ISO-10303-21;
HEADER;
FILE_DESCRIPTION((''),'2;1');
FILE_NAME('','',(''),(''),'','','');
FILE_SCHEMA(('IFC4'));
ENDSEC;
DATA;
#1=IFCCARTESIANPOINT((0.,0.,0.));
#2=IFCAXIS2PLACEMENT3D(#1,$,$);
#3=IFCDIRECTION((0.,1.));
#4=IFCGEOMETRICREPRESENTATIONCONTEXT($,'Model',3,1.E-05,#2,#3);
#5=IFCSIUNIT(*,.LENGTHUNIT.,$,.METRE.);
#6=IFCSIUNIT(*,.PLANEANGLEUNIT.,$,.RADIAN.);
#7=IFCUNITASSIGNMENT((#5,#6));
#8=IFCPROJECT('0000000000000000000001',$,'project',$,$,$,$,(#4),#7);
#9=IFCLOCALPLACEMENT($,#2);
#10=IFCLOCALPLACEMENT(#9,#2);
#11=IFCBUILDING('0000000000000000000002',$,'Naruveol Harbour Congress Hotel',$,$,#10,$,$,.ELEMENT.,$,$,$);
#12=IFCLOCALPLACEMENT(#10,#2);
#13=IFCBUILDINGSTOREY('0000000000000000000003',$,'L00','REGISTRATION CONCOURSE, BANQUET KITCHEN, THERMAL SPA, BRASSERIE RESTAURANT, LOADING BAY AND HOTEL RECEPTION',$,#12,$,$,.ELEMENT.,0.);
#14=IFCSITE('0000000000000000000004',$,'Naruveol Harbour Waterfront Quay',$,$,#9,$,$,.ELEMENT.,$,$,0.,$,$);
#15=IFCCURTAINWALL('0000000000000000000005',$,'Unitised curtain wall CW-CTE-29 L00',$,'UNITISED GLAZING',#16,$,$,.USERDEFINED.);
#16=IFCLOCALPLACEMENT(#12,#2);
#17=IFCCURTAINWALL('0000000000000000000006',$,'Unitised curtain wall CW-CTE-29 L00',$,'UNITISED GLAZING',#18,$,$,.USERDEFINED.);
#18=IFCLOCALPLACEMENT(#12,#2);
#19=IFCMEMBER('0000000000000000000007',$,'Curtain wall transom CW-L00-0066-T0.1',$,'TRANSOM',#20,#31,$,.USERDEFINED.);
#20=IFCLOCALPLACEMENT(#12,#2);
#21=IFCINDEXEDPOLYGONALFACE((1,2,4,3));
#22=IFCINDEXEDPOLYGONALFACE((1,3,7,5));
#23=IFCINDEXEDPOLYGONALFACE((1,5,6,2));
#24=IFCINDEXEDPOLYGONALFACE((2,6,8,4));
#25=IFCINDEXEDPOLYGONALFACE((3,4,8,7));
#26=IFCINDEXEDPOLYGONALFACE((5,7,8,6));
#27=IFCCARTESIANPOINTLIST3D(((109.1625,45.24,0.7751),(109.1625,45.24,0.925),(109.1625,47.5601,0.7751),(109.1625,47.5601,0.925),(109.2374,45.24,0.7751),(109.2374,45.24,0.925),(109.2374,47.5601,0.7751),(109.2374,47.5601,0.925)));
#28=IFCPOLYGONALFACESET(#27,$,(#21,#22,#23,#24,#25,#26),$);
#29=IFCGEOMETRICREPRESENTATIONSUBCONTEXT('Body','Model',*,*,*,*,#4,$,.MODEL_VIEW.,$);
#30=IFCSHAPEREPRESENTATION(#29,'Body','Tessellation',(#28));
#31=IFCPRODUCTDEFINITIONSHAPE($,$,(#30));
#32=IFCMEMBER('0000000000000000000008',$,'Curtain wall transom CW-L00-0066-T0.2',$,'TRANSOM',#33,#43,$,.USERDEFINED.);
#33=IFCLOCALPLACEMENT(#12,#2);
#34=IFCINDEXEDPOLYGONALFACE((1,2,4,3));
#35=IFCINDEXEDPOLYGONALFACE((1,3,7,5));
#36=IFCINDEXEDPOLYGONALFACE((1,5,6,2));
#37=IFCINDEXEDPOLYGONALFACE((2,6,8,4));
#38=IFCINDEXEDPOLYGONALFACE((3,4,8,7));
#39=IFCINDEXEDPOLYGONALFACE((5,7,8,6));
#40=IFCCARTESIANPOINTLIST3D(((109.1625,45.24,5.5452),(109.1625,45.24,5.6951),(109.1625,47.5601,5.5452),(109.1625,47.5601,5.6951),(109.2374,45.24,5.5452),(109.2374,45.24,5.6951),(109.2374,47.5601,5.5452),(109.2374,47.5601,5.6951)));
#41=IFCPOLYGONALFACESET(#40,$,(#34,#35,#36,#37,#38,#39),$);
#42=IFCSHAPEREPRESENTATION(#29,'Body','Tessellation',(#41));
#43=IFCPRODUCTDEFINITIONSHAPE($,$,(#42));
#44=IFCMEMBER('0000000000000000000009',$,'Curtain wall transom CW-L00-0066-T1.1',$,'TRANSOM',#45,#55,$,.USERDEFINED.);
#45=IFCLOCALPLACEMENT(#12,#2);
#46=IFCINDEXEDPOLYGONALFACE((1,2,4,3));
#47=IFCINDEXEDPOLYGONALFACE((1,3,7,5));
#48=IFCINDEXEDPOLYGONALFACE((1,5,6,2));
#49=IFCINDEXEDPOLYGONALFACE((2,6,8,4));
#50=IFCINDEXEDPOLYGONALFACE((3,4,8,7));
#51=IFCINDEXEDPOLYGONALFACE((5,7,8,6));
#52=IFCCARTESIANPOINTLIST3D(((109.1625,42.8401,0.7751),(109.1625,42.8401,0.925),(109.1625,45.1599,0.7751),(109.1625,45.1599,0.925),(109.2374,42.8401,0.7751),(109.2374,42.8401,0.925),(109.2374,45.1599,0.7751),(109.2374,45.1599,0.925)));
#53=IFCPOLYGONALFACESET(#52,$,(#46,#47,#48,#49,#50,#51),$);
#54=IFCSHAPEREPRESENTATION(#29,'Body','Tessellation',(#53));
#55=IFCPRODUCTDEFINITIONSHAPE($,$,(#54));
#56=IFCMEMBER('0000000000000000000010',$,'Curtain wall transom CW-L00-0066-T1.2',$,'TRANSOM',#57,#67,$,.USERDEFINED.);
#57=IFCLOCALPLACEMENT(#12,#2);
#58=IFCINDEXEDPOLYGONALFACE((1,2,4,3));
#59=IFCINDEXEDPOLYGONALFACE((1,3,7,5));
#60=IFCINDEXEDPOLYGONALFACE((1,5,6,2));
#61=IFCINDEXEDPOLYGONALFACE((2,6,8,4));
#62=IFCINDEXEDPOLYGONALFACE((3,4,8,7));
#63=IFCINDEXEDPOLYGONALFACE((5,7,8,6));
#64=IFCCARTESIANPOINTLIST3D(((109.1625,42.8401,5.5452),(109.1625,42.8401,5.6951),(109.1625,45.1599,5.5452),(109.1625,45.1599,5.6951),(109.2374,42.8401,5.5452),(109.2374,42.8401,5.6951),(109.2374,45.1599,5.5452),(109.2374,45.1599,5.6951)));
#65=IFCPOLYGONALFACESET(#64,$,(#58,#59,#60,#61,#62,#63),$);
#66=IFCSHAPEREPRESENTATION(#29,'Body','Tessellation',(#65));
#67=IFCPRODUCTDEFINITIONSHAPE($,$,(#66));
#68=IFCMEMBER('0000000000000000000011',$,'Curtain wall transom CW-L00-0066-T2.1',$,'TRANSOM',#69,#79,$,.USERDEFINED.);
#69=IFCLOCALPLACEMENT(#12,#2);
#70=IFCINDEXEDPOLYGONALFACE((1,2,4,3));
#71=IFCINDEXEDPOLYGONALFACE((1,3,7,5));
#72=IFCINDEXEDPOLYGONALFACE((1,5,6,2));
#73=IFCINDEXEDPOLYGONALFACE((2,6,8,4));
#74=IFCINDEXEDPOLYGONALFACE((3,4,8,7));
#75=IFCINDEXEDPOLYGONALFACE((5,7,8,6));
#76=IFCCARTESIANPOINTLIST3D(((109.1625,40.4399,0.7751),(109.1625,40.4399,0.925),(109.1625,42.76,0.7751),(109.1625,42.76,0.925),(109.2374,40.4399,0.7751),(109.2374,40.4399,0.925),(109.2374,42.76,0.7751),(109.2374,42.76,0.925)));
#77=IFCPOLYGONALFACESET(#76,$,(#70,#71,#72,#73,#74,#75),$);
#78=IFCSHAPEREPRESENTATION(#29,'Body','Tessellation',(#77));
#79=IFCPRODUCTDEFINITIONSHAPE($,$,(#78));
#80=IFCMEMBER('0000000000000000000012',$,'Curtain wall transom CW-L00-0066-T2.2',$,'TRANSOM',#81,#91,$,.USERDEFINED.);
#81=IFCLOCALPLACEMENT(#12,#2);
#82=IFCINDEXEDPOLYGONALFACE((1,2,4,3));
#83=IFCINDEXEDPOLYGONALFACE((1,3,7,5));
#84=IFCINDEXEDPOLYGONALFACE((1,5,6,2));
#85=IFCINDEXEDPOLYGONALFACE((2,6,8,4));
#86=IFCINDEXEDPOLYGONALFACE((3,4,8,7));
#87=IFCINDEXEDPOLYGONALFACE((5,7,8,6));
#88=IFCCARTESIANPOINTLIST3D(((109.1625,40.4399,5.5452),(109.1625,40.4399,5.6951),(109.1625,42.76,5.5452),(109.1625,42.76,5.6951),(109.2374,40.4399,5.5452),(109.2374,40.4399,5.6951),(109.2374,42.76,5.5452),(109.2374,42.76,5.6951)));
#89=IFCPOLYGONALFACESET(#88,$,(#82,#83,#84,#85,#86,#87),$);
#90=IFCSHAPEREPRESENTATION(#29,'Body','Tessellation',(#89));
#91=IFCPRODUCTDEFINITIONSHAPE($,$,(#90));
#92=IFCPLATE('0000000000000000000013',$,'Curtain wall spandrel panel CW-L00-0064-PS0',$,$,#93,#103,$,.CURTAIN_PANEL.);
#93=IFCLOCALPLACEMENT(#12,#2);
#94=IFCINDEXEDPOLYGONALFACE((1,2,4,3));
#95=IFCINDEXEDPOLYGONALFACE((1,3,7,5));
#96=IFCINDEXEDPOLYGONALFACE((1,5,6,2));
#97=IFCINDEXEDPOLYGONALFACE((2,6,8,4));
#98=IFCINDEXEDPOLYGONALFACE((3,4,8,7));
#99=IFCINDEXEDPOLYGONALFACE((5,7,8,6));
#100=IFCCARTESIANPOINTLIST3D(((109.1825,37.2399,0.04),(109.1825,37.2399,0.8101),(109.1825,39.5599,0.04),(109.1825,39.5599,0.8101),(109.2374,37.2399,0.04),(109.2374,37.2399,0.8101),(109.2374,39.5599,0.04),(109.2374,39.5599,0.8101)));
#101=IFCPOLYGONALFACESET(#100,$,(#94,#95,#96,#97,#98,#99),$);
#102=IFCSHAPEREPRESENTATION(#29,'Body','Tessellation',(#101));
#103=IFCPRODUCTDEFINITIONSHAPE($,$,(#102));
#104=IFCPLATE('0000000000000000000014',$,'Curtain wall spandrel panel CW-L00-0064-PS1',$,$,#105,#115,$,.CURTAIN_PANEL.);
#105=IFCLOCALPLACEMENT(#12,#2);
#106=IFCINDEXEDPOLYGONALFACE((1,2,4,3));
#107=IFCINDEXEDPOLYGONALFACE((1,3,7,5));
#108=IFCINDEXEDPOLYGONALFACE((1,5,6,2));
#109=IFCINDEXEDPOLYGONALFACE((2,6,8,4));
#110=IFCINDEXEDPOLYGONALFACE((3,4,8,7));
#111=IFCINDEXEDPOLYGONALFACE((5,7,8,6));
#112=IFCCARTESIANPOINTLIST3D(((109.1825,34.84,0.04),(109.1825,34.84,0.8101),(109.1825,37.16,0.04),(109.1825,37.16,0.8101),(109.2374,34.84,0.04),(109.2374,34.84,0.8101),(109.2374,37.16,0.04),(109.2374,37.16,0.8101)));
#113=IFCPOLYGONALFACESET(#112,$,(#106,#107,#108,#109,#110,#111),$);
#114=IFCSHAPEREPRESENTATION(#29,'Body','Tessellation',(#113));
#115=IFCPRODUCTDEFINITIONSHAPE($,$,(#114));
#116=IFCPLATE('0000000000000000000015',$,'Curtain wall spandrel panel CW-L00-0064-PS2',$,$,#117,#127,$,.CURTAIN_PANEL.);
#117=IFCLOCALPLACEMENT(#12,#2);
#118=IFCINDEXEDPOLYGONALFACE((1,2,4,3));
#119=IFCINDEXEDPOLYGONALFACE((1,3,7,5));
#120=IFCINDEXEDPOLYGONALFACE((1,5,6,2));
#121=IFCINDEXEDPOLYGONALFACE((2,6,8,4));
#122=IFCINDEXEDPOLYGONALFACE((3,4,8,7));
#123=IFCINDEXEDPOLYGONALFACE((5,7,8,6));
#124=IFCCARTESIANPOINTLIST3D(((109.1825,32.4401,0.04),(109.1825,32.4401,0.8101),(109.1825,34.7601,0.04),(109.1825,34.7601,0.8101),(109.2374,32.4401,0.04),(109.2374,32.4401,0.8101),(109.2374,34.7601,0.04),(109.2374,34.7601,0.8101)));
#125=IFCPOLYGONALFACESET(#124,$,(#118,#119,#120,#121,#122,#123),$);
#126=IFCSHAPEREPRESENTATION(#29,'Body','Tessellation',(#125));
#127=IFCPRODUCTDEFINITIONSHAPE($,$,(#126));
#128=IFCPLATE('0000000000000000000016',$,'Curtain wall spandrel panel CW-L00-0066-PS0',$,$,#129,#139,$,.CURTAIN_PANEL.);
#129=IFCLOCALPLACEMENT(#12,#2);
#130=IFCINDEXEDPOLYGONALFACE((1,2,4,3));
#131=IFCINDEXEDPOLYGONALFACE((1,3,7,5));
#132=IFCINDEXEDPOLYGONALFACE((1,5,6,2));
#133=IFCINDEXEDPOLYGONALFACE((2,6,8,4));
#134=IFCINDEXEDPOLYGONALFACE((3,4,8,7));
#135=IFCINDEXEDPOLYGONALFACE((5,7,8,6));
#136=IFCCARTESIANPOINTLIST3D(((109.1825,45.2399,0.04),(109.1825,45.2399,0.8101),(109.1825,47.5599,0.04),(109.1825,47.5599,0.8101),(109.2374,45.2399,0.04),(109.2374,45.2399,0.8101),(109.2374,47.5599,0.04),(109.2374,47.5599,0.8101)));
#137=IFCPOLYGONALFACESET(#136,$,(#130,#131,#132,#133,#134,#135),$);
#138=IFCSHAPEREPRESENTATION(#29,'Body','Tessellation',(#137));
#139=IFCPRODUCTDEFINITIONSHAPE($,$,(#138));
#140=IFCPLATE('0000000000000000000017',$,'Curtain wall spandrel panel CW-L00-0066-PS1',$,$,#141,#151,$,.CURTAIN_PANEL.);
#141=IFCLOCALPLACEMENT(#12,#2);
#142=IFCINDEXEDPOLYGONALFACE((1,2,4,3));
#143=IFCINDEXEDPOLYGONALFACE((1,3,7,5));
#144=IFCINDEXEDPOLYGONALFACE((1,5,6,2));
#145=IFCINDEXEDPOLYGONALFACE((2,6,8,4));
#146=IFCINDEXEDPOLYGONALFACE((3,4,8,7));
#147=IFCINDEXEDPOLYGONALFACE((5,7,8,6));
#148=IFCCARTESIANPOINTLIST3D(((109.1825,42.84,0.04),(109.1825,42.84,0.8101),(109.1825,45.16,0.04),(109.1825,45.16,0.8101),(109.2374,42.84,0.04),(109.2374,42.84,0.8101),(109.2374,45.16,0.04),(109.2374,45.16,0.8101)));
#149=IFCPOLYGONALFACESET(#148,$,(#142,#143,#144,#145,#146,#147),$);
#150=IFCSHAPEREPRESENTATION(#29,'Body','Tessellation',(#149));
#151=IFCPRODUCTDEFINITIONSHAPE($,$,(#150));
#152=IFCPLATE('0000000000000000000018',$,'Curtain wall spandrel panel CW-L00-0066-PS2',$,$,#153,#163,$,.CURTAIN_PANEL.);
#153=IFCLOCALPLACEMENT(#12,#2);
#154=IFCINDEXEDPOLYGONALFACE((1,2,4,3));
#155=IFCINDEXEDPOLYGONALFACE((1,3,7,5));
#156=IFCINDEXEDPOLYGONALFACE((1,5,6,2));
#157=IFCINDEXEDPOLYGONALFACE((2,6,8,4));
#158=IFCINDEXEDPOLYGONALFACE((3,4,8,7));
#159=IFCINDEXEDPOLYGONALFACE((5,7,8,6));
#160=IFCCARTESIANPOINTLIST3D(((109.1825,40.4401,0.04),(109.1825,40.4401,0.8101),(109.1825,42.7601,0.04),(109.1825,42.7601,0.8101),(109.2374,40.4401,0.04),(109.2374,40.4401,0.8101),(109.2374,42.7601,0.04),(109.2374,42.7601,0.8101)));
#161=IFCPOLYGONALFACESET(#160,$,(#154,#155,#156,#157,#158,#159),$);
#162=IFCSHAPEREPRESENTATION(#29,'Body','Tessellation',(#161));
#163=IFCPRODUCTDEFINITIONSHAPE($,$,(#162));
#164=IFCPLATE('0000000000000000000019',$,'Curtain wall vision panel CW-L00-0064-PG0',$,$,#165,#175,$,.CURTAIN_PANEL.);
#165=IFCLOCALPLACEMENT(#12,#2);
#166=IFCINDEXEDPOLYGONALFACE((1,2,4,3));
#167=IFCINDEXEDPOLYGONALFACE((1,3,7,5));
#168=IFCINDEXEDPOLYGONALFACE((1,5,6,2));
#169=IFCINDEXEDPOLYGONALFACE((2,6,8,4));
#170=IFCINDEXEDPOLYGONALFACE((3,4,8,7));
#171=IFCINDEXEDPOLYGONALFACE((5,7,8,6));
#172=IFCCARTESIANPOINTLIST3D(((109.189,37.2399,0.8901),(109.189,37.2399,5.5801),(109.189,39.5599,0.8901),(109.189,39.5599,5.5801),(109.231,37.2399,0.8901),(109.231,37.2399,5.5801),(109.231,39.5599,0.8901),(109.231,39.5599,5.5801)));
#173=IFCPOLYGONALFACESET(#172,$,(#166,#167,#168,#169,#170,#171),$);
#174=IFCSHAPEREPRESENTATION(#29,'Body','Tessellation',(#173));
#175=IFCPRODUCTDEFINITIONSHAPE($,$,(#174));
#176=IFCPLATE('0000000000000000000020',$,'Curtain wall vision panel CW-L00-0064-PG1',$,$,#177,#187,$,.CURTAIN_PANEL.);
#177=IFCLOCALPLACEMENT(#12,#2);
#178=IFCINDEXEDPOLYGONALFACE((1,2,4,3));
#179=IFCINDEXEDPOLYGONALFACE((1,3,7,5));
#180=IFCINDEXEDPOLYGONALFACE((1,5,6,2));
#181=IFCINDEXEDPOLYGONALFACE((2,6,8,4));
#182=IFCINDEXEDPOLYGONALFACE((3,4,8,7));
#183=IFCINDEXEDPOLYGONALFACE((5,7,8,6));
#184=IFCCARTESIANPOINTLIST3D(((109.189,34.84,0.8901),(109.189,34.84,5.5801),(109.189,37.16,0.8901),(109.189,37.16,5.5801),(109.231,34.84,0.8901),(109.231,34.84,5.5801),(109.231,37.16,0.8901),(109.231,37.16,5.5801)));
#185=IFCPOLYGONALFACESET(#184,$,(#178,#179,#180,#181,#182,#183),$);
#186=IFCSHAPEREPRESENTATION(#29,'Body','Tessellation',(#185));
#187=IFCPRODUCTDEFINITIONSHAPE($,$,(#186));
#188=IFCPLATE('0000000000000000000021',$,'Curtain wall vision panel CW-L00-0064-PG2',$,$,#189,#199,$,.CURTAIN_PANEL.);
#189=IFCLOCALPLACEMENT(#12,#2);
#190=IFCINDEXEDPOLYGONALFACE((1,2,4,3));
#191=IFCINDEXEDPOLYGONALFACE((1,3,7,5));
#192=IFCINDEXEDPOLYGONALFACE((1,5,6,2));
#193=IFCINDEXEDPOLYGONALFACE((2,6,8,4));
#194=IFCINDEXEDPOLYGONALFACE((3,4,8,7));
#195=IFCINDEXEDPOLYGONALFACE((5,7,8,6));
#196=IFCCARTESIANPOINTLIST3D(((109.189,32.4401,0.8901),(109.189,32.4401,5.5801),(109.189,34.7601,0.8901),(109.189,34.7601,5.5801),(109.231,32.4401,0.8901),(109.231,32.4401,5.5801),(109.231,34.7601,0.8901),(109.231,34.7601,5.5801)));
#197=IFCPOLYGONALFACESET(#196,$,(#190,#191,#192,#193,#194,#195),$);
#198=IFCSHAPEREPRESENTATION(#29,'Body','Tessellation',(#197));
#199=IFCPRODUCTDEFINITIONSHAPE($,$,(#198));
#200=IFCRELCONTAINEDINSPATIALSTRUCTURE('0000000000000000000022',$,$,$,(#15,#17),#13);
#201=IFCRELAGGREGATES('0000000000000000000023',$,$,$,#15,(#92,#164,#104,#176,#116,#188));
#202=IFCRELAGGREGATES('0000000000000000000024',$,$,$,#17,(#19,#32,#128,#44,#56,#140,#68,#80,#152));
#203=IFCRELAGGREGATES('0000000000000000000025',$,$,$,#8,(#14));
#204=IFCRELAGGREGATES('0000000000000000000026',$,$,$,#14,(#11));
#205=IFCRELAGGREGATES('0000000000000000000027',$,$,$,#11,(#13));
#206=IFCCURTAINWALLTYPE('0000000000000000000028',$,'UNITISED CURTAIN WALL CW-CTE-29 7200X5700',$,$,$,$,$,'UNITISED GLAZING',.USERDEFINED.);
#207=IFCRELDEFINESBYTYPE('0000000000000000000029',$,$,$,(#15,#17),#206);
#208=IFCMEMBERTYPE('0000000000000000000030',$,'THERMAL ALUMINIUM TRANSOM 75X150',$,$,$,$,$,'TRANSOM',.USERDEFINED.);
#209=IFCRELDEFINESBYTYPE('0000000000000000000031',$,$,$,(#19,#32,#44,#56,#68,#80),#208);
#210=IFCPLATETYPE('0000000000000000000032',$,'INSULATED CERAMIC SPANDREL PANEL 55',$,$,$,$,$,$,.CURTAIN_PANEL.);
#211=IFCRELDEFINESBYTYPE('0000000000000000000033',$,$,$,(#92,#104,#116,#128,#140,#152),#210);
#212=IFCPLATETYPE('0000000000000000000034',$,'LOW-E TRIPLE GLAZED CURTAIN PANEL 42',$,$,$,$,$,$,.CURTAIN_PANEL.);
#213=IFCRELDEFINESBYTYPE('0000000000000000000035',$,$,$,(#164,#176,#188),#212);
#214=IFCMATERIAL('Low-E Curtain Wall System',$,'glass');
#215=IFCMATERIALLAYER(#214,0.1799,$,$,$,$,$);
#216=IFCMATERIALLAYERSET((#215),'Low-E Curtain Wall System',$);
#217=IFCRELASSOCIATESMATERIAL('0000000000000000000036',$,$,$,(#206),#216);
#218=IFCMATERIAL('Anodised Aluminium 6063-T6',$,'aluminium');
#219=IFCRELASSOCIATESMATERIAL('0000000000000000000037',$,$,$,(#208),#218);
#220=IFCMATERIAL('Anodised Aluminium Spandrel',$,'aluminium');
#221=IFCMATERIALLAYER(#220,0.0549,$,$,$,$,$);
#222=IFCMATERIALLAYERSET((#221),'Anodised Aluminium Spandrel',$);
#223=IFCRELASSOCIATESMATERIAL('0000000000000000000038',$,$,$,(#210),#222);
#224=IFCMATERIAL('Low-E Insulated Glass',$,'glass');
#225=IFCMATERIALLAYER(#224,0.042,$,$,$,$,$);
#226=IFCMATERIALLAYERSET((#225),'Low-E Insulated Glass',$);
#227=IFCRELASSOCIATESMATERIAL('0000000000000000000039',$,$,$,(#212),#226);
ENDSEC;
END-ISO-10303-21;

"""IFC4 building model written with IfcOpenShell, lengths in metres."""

from ifc_helpers import new_model, si_unit, direction, frame, origin, origin_2d, place, context, subcontext, project, spatial, rectangle, extrude, material, layer, layer_set, material_profile, profile_set, type_object, element, aggregate, save


model = new_model("IFC4")

# Units and contexts
model_context = context("Model", 3, precision=1e-05, world=origin(), true_north=direction((0.0, 1.0)))
body_context = subcontext(model_context, "Body", "Model", "MODEL_VIEW")
ifc_project = project(units=[si_unit("LENGTHUNIT", "METRE"), si_unit("PLANEANGLEUNIT", "RADIAN")], contexts=[model_context])

# Site, building, storey
site_placement = place(None, origin())
site = spatial("IfcSite", under=ifc_project, at=site_placement, Name="Naruveol Harbour Waterfront Quay", CompositionType="ELEMENT", RefElevation=0.0)
building_placement = place(site_placement, origin())
building = spatial("IfcBuilding", under=site, at=building_placement, Name="Naruveol Harbour Congress Hotel", CompositionType="ELEMENT")
storey_placement = place(building_placement, origin())
storey = spatial("IfcBuildingStorey", under=building, at=storey_placement, Name="L00", Description="REGISTRATION CONCOURSE, BANQUET KITCHEN, THERMAL SPA, BRASSERIE RESTAURANT, LOADING BAY AND HOTEL RECEPTION", CompositionType="ELEMENT", Elevation=0.0)

# Curtain walls
ifc_material_1 = material(Name="Low-E Curtain Wall System", Category="glass")
ifc_layer_1 = layer(ifc_material_1, 0.1799)
ifc_layer_set_1 = layer_set([ifc_layer_1], Name="Low-E Curtain Wall System")
curtain_wall_type = type_object("IfcCurtainWallType", Name="UNITISED CURTAIN WALL CW-CTE-29 7200X5700", ElementType="UNITISED GLAZING", PredefinedType="USERDEFINED", material=ifc_layer_set_1)
curtain_wall_1_placement = place(storey_placement, origin())
curtain_wall_1 = element("IfcCurtainWall", 1, at=curtain_wall_1_placement, inside=storey, type_object=curtain_wall_type, Name="Unitised curtain wall CW-CTE-29 L00", ObjectType="UNITISED GLAZING", PredefinedType="USERDEFINED")
curtain_wall_2_placement = place(storey_placement, origin())
curtain_wall_2 = element("IfcCurtainWall", 2, at=curtain_wall_2_placement, inside=storey, type_object=curtain_wall_type, Name="Unitised curtain wall CW-CTE-29 L00", ObjectType="UNITISED GLAZING", PredefinedType="USERDEFINED")

# Members
ifc_material_2 = material(Name="Anodised Aluminium 6063-T6", Category="aluminium")
ifc_material_profile_1 = material_profile(ifc_material_2, rectangle(XDim=0.075, YDim=0.1499, at=origin_2d()), Name="ALU-75x150")
ifc_profile_set_1 = profile_set([ifc_material_profile_1], Name="Anodised Aluminium 6063-T6")
member_type_1 = type_object("IfcMemberType", Name="THERMAL ALUMINIUM TRANSOM 75X150", ElementType="TRANSOM", PredefinedType="USERDEFINED", material=ifc_profile_set_1)
member_1_placement = place(storey_placement, frame((109.2, 47.5601, 0.8501), z_axis=(0.0, -1.0, 0.0), x_axis=(1.0, 0.0, 0.0)))
member_1 = element("IfcMember", 3, at=member_1_placement, type_object=member_type_1, Name="Curtain wall transom CW-L00-0066-T0.1", ObjectType="TRANSOM", PredefinedType="USERDEFINED", context=body_context, shape_type="SweptSolid", body=[
    extrude(rectangle(XDim=0.075, YDim=0.1499, at=origin_2d()), origin(), (0.0, 0.0, 1.0), 2.3201),
])
member_2_placement = place(storey_placement, frame((109.2, 47.5601, 5.6201), z_axis=(0.0, -1.0, 0.0), x_axis=(1.0, 0.0, 0.0)))
member_2 = element("IfcMember", 4, at=member_2_placement, type_object=member_type_1, Name="Curtain wall transom CW-L00-0066-T0.2", ObjectType="TRANSOM", PredefinedType="USERDEFINED", context=body_context, shape_type="SweptSolid", body=[
    extrude(rectangle(XDim=0.075, YDim=0.1499, at=origin_2d()), origin(), (0.0, 0.0, 1.0), 2.3201),
])
member_3_placement = place(storey_placement, frame((109.2, 45.1599, 0.8501), z_axis=(0.0, -1.0, 0.0), x_axis=(1.0, 0.0, 0.0)))
member_3 = element("IfcMember", 5, at=member_3_placement, type_object=member_type_1, Name="Curtain wall transom CW-L00-0066-T1.1", ObjectType="TRANSOM", PredefinedType="USERDEFINED", context=body_context, shape_type="SweptSolid", body=[
    extrude(rectangle(XDim=0.075, YDim=0.1499, at=origin_2d()), origin(), (0.0, 0.0, 1.0), 2.3198),
])
member_4_placement = place(storey_placement, frame((109.2, 45.1599, 5.6201), z_axis=(0.0, -1.0, 0.0), x_axis=(1.0, 0.0, 0.0)))
member_4 = element("IfcMember", 6, at=member_4_placement, type_object=member_type_1, Name="Curtain wall transom CW-L00-0066-T1.2", ObjectType="TRANSOM", PredefinedType="USERDEFINED", context=body_context, shape_type="SweptSolid", body=[
    extrude(rectangle(XDim=0.075, YDim=0.1499, at=origin_2d()), origin(), (0.0, 0.0, 1.0), 2.3198),
])
member_5_placement = place(storey_placement, frame((109.2, 42.76, 0.8501), z_axis=(0.0, -1.0, 0.0), x_axis=(1.0, 0.0, 0.0)))
member_5 = element("IfcMember", 7, at=member_5_placement, type_object=member_type_1, Name="Curtain wall transom CW-L00-0066-T2.1", ObjectType="TRANSOM", PredefinedType="USERDEFINED", context=body_context, shape_type="SweptSolid", body=[
    extrude(rectangle(XDim=0.075, YDim=0.1499, at=origin_2d()), origin(), (0.0, 0.0, 1.0), 2.3201),
])
member_6_placement = place(storey_placement, frame((109.2, 42.76, 5.6201), z_axis=(0.0, -1.0, 0.0), x_axis=(1.0, 0.0, 0.0)))
member_6 = element("IfcMember", 8, at=member_6_placement, type_object=member_type_1, Name="Curtain wall transom CW-L00-0066-T2.2", ObjectType="TRANSOM", PredefinedType="USERDEFINED", context=body_context, shape_type="SweptSolid", body=[
    extrude(rectangle(XDim=0.075, YDim=0.1499, at=origin_2d()), origin(), (0.0, 0.0, 1.0), 2.3201),
])

# Plates
ifc_material_3 = material(Name="Anodised Aluminium Spandrel", Category="aluminium")
ifc_layer_2 = layer(ifc_material_3, 0.0549)
ifc_layer_set_2 = layer_set([ifc_layer_2], Name="Anodised Aluminium Spandrel")
plate_type_1 = type_object("IfcPlateType", Name="INSULATED CERAMIC SPANDREL PANEL 55", PredefinedType="CURTAIN_PANEL", material=ifc_layer_set_2)
plate_1_placement = place(storey_placement, frame((109.21, 38.3999, 0.04), z_axis=(0.0, 0.0, 1.0), x_axis=(0.0, -1.0, 0.0)))
plate_1 = element("IfcPlate", 9, at=plate_1_placement, type_object=plate_type_1, Name="Curtain wall spandrel panel CW-L00-0064-PS0", PredefinedType="CURTAIN_PANEL", context=body_context, shape_type="SweptSolid", body=[
    extrude(rectangle(XDim=2.3201, YDim=0.0549, at=origin_2d()), origin(), (0.0, 0.0, 1.0), 0.77),
])
plate_2_placement = place(storey_placement, frame((109.21, 36.0, 0.04), z_axis=(0.0, 0.0, 1.0), x_axis=(0.0, -1.0, 0.0)))
plate_2 = element("IfcPlate", 10, at=plate_2_placement, type_object=plate_type_1, Name="Curtain wall spandrel panel CW-L00-0064-PS1", PredefinedType="CURTAIN_PANEL", context=body_context, shape_type="SweptSolid", body=[
    extrude(rectangle(XDim=2.3201, YDim=0.0549, at=origin_2d()), origin(), (0.0, 0.0, 1.0), 0.77),
])
plate_3_placement = place(storey_placement, frame((109.21, 33.6001, 0.04), z_axis=(0.0, 0.0, 1.0), x_axis=(0.0, -1.0, 0.0)))
plate_3 = element("IfcPlate", 11, at=plate_3_placement, type_object=plate_type_1, Name="Curtain wall spandrel panel CW-L00-0064-PS2", PredefinedType="CURTAIN_PANEL", context=body_context, shape_type="SweptSolid", body=[
    extrude(rectangle(XDim=2.3201, YDim=0.0549, at=origin_2d()), origin(), (0.0, 0.0, 1.0), 0.77),
])
plate_4_placement = place(storey_placement, frame((109.21, 46.3999, 0.04), z_axis=(0.0, 0.0, 1.0), x_axis=(0.0, -1.0, 0.0)))
plate_4 = element("IfcPlate", 12, at=plate_4_placement, type_object=plate_type_1, Name="Curtain wall spandrel panel CW-L00-0066-PS0", PredefinedType="CURTAIN_PANEL", context=body_context, shape_type="SweptSolid", body=[
    extrude(rectangle(XDim=2.3201, YDim=0.0549, at=origin_2d()), origin(), (0.0, 0.0, 1.0), 0.77),
])
plate_5_placement = place(storey_placement, frame((109.21, 44.0, 0.04), z_axis=(0.0, 0.0, 1.0), x_axis=(0.0, -1.0, 0.0)))
plate_5 = element("IfcPlate", 13, at=plate_5_placement, type_object=plate_type_1, Name="Curtain wall spandrel panel CW-L00-0066-PS1", PredefinedType="CURTAIN_PANEL", context=body_context, shape_type="SweptSolid", body=[
    extrude(rectangle(XDim=2.3201, YDim=0.0549, at=origin_2d()), origin(), (0.0, 0.0, 1.0), 0.77),
])
plate_6_placement = place(storey_placement, frame((109.21, 41.6001, 0.04), z_axis=(0.0, 0.0, 1.0), x_axis=(0.0, -1.0, 0.0)))
plate_6 = element("IfcPlate", 14, at=plate_6_placement, type_object=plate_type_1, Name="Curtain wall spandrel panel CW-L00-0066-PS2", PredefinedType="CURTAIN_PANEL", context=body_context, shape_type="SweptSolid", body=[
    extrude(rectangle(XDim=2.3201, YDim=0.0549, at=origin_2d()), origin(), (0.0, 0.0, 1.0), 0.77),
])
ifc_material_4 = material(Name="Low-E Insulated Glass", Category="glass")
ifc_layer_3 = layer(ifc_material_4, 0.042)
ifc_layer_set_3 = layer_set([ifc_layer_3], Name="Low-E Insulated Glass")
plate_type_2 = type_object("IfcPlateType", Name="LOW-E TRIPLE GLAZED CURTAIN PANEL 42", PredefinedType="CURTAIN_PANEL", material=ifc_layer_set_3)
plate_7_placement = place(storey_placement, frame((109.21, 38.3999, 0.8901), z_axis=(0.0, 0.0, 1.0), x_axis=(0.0, -1.0, 0.0)))
plate_7 = element("IfcPlate", 15, at=plate_7_placement, type_object=plate_type_2, Name="Curtain wall vision panel CW-L00-0064-PG0", PredefinedType="CURTAIN_PANEL", context=body_context, shape_type="SweptSolid", body=[
    extrude(rectangle(XDim=2.3201, YDim=0.042, at=origin_2d()), origin(), (0.0, 0.0, 1.0), 4.6899),
])
plate_8_placement = place(storey_placement, frame((109.21, 36.0, 0.8901), z_axis=(0.0, 0.0, 1.0), x_axis=(0.0, -1.0, 0.0)))
plate_8 = element("IfcPlate", 16, at=plate_8_placement, type_object=plate_type_2, Name="Curtain wall vision panel CW-L00-0064-PG1", PredefinedType="CURTAIN_PANEL", context=body_context, shape_type="SweptSolid", body=[
    extrude(rectangle(XDim=2.3201, YDim=0.042, at=origin_2d()), origin(), (0.0, 0.0, 1.0), 4.6899),
])
plate_9_placement = place(storey_placement, frame((109.21, 33.6001, 0.8901), z_axis=(0.0, 0.0, 1.0), x_axis=(0.0, -1.0, 0.0)))
plate_9 = element("IfcPlate", 17, at=plate_9_placement, type_object=plate_type_2, Name="Curtain wall vision panel CW-L00-0064-PG2", PredefinedType="CURTAIN_PANEL", context=body_context, shape_type="SweptSolid", body=[
    extrude(rectangle(XDim=2.3201, YDim=0.042, at=origin_2d()), origin(), (0.0, 0.0, 1.0), 4.6899),
])
aggregate(curtain_wall_1, [plate_1, plate_7, plate_2, plate_8, plate_3, plate_9])
aggregate(curtain_wall_2, [member_1, member_2, plate_4, member_3, member_4, plate_5, member_5, member_6, plate_6])

save(model, "model.ifc")
